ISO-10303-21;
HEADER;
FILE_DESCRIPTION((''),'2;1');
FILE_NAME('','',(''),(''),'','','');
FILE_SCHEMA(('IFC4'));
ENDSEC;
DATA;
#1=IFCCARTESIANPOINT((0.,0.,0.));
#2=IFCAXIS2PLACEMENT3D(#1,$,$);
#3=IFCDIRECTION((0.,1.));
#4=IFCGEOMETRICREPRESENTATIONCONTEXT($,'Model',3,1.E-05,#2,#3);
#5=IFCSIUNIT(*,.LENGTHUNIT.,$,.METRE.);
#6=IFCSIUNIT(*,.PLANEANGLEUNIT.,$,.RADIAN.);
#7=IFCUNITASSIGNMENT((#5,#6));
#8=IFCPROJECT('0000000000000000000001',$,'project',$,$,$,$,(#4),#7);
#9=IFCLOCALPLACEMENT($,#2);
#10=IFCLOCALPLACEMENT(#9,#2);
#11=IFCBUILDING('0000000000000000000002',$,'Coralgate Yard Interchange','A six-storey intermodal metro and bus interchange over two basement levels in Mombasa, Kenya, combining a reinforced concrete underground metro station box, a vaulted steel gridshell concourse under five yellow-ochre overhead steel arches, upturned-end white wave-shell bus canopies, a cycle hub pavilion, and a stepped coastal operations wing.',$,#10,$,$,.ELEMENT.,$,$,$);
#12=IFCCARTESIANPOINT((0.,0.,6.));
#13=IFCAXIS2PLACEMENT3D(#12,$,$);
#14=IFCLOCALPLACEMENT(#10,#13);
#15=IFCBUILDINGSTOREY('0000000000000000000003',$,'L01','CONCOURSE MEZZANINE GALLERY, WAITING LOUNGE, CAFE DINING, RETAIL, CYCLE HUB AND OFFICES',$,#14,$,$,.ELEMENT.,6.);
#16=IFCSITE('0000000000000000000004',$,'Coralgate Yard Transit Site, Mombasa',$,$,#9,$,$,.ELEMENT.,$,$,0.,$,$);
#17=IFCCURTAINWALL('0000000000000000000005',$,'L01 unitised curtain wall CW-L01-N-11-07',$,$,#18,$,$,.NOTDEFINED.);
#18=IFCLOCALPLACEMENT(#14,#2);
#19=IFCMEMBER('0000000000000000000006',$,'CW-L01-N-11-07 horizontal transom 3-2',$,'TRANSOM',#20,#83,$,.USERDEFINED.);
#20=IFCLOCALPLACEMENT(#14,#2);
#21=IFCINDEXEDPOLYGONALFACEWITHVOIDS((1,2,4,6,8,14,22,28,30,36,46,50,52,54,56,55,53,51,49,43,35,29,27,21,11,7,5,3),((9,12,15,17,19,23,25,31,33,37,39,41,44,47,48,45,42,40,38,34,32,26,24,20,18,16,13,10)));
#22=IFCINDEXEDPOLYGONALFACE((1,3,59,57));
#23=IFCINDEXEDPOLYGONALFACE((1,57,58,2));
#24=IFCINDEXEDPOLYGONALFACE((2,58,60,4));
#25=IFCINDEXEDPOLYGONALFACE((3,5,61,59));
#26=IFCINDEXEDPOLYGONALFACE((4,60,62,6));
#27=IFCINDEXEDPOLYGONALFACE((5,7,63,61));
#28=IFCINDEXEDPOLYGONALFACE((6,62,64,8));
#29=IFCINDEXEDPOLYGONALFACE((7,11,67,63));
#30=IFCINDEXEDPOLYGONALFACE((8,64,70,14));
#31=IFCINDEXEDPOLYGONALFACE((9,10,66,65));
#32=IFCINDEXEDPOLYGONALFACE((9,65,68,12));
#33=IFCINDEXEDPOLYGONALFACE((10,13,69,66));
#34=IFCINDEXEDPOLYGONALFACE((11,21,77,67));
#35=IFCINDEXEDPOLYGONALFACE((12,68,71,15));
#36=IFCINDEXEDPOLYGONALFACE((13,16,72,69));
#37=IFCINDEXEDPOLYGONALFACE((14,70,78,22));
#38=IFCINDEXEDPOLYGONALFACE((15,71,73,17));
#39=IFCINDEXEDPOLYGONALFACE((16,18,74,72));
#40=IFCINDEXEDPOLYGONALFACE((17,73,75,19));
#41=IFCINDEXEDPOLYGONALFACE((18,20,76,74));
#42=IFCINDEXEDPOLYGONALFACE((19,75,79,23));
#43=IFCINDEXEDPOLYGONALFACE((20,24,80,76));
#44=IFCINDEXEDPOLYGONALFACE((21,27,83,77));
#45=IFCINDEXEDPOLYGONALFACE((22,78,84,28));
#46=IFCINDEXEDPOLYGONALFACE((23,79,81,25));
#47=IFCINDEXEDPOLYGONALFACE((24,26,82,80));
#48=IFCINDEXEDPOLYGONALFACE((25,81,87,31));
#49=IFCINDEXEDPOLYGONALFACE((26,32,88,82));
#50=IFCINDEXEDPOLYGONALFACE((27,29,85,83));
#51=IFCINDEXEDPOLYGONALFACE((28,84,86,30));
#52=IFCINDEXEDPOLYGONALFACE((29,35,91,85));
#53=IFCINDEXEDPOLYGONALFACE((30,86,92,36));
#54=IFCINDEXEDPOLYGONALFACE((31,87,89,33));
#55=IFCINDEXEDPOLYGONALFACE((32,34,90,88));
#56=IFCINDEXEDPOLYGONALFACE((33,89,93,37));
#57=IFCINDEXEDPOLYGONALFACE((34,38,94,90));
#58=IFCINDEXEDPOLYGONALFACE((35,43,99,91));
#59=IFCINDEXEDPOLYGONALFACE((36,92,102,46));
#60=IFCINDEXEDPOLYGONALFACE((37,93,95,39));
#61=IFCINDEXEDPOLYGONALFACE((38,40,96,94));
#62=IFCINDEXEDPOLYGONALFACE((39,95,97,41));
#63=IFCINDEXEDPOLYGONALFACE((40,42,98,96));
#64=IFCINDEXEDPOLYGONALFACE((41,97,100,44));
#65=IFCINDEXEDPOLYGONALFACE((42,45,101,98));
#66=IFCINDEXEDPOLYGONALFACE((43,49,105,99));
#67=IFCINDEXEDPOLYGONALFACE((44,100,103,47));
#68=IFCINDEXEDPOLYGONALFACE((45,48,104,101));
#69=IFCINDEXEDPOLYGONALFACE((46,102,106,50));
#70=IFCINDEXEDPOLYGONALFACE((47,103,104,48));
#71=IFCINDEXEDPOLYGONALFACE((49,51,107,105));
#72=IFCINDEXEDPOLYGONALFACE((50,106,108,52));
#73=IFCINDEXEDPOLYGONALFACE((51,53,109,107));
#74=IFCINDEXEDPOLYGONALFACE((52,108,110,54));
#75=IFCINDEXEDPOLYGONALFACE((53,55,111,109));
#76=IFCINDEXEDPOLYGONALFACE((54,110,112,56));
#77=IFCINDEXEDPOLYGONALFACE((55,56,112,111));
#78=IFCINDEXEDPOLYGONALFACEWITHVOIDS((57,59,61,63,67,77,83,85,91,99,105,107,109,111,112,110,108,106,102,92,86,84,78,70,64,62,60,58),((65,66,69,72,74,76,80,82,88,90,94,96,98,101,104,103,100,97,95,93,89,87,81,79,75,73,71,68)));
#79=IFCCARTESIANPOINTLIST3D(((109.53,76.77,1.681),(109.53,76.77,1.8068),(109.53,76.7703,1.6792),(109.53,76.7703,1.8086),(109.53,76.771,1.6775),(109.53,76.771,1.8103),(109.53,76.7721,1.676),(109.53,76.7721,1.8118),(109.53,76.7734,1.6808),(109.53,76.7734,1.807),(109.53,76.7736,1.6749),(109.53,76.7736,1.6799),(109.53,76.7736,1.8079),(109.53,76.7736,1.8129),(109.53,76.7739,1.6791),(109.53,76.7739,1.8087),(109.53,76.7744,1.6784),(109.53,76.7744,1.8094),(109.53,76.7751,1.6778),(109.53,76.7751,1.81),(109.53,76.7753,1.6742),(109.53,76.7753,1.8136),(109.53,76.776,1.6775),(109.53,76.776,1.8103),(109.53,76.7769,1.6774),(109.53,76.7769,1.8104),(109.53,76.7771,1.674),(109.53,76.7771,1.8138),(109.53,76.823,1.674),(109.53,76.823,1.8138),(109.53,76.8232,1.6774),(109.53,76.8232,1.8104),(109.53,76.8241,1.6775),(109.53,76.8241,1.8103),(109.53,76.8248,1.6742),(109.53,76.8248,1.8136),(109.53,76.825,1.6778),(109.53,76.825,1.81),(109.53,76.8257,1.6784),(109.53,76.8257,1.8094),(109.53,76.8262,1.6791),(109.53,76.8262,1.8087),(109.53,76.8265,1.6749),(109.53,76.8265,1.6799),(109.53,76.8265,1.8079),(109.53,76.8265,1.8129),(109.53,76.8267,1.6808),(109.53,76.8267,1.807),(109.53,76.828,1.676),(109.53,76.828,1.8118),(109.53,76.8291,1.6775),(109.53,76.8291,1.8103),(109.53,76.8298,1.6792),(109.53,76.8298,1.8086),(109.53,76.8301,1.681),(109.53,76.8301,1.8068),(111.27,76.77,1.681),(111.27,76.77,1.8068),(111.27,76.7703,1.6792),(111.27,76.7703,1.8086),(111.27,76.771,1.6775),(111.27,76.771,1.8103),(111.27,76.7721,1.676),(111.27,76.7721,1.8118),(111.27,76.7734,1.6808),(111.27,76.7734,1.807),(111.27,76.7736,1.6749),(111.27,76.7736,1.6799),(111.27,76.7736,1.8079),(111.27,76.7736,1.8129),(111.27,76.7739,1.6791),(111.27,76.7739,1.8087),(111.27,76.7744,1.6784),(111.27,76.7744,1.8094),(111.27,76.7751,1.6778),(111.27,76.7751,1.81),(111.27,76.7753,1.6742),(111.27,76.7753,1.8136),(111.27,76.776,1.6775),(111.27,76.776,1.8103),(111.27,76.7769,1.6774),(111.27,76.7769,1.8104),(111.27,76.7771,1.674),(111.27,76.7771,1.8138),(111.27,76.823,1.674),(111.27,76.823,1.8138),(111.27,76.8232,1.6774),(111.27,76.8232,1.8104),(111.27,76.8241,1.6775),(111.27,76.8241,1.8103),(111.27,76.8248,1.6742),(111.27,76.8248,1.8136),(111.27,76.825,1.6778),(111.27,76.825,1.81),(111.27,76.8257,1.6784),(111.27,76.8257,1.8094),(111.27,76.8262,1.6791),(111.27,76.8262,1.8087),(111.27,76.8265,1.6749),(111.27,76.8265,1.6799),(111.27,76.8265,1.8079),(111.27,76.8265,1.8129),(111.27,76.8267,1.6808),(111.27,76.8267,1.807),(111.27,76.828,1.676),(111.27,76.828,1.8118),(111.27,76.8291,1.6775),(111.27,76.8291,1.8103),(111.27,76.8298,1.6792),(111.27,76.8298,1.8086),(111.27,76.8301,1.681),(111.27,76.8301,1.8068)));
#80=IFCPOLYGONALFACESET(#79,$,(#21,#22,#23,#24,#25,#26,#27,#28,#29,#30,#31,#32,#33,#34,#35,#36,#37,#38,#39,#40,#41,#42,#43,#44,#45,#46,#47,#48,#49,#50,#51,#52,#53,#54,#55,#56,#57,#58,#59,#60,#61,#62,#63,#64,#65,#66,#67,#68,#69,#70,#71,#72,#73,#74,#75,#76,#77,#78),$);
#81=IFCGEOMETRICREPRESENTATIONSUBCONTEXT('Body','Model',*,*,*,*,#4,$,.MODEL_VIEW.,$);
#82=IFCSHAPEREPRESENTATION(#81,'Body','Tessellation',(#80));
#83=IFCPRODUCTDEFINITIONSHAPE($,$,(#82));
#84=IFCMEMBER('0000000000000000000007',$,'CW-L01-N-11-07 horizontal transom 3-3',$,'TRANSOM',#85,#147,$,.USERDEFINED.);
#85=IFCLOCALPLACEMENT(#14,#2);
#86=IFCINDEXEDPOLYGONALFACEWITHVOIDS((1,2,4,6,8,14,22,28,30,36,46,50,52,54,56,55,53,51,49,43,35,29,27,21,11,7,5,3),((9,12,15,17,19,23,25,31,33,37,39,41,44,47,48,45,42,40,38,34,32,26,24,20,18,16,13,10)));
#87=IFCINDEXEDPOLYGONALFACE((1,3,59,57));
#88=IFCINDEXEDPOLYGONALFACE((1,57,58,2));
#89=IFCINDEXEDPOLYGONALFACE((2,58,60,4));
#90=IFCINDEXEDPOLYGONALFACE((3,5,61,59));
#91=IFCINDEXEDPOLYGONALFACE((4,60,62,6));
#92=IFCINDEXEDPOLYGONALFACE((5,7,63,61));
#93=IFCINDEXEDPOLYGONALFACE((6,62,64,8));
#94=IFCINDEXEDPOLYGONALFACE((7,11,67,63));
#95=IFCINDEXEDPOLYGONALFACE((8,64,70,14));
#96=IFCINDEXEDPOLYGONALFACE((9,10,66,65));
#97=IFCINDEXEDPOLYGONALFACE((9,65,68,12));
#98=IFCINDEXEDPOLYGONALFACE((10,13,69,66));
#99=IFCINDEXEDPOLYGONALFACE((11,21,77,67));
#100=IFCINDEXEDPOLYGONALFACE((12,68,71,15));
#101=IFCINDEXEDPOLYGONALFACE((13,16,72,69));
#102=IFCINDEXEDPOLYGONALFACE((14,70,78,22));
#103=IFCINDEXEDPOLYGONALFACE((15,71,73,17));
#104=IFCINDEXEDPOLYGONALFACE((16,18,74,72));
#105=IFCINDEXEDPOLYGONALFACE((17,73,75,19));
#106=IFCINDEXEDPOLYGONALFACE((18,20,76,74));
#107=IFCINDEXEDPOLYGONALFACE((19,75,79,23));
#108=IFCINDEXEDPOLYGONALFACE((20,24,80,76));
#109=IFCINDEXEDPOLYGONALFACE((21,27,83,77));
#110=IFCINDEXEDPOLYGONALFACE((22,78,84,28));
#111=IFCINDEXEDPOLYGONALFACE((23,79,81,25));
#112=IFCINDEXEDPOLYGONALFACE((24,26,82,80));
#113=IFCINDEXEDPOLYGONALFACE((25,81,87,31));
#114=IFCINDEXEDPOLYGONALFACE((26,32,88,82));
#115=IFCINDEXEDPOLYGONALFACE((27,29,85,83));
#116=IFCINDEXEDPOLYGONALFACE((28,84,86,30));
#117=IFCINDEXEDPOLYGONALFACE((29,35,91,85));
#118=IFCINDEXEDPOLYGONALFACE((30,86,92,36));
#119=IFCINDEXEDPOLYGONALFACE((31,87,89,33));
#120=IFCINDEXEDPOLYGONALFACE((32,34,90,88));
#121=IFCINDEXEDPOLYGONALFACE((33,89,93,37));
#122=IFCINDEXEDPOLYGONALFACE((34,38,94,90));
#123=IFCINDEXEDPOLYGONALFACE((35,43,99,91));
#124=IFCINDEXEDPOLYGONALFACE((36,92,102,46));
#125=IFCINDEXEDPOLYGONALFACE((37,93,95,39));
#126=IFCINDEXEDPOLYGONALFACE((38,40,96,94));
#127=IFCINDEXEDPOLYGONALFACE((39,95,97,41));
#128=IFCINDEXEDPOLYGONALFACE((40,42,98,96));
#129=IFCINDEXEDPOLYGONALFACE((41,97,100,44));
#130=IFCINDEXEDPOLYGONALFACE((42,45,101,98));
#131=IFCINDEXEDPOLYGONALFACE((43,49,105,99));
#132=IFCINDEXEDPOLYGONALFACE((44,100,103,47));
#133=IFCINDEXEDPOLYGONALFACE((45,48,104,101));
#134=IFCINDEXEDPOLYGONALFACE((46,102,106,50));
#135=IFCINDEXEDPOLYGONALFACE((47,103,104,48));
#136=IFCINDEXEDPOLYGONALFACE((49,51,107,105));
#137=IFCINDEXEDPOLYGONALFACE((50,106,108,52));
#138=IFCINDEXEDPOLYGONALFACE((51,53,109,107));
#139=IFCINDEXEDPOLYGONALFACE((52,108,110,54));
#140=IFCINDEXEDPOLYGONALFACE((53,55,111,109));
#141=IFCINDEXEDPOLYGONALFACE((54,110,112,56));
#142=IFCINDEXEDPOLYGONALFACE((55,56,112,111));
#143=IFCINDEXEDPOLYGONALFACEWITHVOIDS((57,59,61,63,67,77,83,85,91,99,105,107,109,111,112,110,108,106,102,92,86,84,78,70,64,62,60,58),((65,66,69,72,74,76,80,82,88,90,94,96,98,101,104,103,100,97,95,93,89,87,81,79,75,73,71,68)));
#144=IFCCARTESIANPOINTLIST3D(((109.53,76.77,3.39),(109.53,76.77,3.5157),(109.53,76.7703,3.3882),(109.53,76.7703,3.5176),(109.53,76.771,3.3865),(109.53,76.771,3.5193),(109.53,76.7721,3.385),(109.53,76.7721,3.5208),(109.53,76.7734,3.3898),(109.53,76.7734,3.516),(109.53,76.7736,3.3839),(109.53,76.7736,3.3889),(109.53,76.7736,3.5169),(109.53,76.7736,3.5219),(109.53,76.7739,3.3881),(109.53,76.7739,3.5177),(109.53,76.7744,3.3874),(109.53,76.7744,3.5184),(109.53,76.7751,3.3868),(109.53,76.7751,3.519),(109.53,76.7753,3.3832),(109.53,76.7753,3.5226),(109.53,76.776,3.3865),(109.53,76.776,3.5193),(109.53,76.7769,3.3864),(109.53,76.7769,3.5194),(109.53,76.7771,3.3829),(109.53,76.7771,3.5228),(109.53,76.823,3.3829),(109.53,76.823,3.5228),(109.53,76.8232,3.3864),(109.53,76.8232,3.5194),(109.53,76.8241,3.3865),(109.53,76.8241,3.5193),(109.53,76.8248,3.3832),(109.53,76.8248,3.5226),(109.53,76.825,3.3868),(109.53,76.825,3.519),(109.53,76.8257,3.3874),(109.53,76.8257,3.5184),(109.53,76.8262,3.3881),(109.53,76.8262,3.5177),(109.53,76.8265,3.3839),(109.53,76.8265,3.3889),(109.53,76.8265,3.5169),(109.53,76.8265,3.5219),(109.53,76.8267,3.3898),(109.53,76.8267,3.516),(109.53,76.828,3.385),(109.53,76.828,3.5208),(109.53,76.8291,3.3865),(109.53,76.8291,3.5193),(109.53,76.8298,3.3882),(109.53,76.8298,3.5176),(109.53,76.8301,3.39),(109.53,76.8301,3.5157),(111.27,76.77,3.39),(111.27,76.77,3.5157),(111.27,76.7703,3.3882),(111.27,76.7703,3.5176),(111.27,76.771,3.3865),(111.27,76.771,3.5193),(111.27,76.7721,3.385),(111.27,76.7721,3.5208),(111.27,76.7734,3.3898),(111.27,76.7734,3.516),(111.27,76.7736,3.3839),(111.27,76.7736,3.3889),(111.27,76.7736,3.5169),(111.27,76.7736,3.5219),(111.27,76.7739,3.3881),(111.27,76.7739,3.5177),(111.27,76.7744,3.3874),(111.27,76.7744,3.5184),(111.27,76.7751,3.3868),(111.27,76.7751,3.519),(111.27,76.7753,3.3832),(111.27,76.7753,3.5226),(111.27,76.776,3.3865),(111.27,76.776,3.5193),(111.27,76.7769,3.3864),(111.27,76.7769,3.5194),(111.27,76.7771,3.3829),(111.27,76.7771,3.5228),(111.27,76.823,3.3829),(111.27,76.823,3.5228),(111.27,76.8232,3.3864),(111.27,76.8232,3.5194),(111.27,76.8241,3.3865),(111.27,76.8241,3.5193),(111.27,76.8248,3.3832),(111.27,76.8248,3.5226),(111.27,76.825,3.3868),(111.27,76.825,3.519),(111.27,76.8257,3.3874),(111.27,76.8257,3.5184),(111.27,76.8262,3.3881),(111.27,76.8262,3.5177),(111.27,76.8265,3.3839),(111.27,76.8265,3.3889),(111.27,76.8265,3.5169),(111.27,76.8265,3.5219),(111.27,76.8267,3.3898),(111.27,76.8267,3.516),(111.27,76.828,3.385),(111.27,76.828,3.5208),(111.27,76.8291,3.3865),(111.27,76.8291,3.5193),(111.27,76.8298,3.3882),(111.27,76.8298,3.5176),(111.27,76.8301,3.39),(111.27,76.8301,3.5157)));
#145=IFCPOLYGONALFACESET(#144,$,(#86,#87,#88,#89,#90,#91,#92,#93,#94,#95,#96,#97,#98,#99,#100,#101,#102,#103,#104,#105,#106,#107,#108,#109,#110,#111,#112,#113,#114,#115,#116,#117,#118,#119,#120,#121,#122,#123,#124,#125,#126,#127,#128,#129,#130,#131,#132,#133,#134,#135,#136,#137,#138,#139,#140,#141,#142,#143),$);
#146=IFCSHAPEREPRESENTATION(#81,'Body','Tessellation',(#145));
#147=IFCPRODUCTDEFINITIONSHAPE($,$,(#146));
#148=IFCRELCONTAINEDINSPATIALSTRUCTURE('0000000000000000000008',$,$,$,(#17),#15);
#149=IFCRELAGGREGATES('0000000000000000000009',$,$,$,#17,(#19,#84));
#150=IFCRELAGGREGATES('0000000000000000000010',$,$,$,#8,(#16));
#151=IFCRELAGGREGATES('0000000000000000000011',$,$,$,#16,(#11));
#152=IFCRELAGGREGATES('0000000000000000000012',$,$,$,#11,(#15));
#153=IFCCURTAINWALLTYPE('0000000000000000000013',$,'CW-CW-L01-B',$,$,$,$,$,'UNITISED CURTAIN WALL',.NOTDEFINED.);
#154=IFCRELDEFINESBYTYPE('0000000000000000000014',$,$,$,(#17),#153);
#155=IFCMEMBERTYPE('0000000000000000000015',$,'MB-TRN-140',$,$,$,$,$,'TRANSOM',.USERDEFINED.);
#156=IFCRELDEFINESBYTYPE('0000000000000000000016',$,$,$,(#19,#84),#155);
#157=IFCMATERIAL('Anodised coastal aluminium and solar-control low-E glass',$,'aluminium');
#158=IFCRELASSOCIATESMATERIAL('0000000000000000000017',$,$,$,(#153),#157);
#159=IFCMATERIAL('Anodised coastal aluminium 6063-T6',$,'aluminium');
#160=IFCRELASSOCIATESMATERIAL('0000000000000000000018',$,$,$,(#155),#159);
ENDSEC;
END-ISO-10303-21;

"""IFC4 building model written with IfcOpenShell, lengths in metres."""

from ifc_helpers import new_model, si_unit, direction, frame, origin, origin_2d, place, context, subcontext, project, spatial, hollow_rectangle, extrude, material, material_profile, profile_set, type_object, element, aggregate, save


model = new_model("IFC4")

# Units and contexts
model_context = context("Model", 3, precision=1e-05, world=origin(), true_north=direction((0.0, 1.0)))
body_context = subcontext(model_context, "Body", "Model", "MODEL_VIEW")
ifc_project = project(units=[si_unit("LENGTHUNIT", "METRE"), si_unit("PLANEANGLEUNIT", "RADIAN")], contexts=[model_context])

# Site, building, storey
site_placement = place(None, origin())
site = spatial("IfcSite", under=ifc_project, at=site_placement, Name="Coralgate Yard Transit Site, Mombasa", CompositionType="ELEMENT", RefElevation=0.0)
building_placement = place(site_placement, origin())
building = spatial("IfcBuilding", under=site, at=building_placement, Name="Coralgate Yard Interchange", Description="A six-storey intermodal metro and bus interchange over two basement levels in Mombasa, Kenya, combining a reinforced concrete underground metro station box, a vaulted steel gridshell concourse under five yellow-ochre overhead steel arches, upturned-end white wave-shell bus canopies, a cycle hub pavilion, and a stepped coastal operations wing.", CompositionType="ELEMENT")
storey_placement = place(building_placement, frame((0.0, 0.0, 6.0)))
storey = spatial("IfcBuildingStorey", under=building, at=storey_placement, Name="L01", Description="CONCOURSE MEZZANINE GALLERY, WAITING LOUNGE, CAFE DINING, RETAIL, CYCLE HUB AND OFFICES", CompositionType="ELEMENT", Elevation=6.0)

# Curtain wall, members
ifc_material_1 = material(Name="Anodised coastal aluminium and solar-control low-E glass", Category="aluminium")
curtain_wall_type_1 = type_object("IfcCurtainWallType", Name="CW-CW-L01-B", ElementType="UNITISED CURTAIN WALL", PredefinedType="NOTDEFINED", material=ifc_material_1)
curtain_wall_1_placement = place(storey_placement, origin())
curtain_wall_1 = element("IfcCurtainWall", 1, at=curtain_wall_1_placement, inside=storey, type_object=curtain_wall_type_1, Name="L01 unitised curtain wall CW-L01-N-11-07", PredefinedType="NOTDEFINED")
ifc_material_2 = material(Name="Anodised coastal aluminium 6063-T6", Category="aluminium")
ifc_material_profile_1 = material_profile(ifc_material_2, hollow_rectangle(XDim=0.0601, YDim=0.1399, WallThickness=0.0034, InnerFilletRadius=0.0034, OuterFilletRadius=0.0071, at=origin_2d()), Name="ALU 60x140x3.5")
ifc_profile_set_1 = profile_set([ifc_material_profile_1], Name="Anodised coastal aluminium 6063-T6")
member_type_1 = type_object("IfcMemberType", Name="MB-TRN-140", ElementType="TRANSOM", PredefinedType="USERDEFINED", material=ifc_profile_set_1)
member_1_placement = place(storey_placement, frame((109.53, 76.8, 1.7439), z_axis=(1.0, 0.0, 0.0), x_axis=(0.0, 1.0, 0.0)))
member_1 = element("IfcMember", 2, at=member_1_placement, type_object=member_type_1, Name="CW-L01-N-11-07 horizontal transom 3-2", ObjectType="TRANSOM", PredefinedType="USERDEFINED", context=body_context, shape_type="SweptSolid", body=[
    extrude(hollow_rectangle(XDim=0.0601, YDim=0.1399, WallThickness=0.0034, InnerFilletRadius=0.0034, OuterFilletRadius=0.0071, at=origin_2d()), origin(), (0.0, 0.0, 1.0), 1.74),
])
member_2_placement = place(storey_placement, frame((109.53, 76.8, 3.4529), z_axis=(1.0, 0.0, 0.0), x_axis=(0.0, 1.0, 0.0)))
member_2 = element("IfcMember", 3, at=member_2_placement, type_object=member_type_1, Name="CW-L01-N-11-07 horizontal transom 3-3", ObjectType="TRANSOM", PredefinedType="USERDEFINED", context=body_context, shape_type="SweptSolid", body=[
    extrude(hollow_rectangle(XDim=0.0601, YDim=0.1399, WallThickness=0.0034, InnerFilletRadius=0.0034, OuterFilletRadius=0.0071, at=origin_2d()), origin(), (0.0, 0.0, 1.0), 1.74),
])

aggregate(curtain_wall_1, [member_1, member_2])

save(model, "model.ifc")
